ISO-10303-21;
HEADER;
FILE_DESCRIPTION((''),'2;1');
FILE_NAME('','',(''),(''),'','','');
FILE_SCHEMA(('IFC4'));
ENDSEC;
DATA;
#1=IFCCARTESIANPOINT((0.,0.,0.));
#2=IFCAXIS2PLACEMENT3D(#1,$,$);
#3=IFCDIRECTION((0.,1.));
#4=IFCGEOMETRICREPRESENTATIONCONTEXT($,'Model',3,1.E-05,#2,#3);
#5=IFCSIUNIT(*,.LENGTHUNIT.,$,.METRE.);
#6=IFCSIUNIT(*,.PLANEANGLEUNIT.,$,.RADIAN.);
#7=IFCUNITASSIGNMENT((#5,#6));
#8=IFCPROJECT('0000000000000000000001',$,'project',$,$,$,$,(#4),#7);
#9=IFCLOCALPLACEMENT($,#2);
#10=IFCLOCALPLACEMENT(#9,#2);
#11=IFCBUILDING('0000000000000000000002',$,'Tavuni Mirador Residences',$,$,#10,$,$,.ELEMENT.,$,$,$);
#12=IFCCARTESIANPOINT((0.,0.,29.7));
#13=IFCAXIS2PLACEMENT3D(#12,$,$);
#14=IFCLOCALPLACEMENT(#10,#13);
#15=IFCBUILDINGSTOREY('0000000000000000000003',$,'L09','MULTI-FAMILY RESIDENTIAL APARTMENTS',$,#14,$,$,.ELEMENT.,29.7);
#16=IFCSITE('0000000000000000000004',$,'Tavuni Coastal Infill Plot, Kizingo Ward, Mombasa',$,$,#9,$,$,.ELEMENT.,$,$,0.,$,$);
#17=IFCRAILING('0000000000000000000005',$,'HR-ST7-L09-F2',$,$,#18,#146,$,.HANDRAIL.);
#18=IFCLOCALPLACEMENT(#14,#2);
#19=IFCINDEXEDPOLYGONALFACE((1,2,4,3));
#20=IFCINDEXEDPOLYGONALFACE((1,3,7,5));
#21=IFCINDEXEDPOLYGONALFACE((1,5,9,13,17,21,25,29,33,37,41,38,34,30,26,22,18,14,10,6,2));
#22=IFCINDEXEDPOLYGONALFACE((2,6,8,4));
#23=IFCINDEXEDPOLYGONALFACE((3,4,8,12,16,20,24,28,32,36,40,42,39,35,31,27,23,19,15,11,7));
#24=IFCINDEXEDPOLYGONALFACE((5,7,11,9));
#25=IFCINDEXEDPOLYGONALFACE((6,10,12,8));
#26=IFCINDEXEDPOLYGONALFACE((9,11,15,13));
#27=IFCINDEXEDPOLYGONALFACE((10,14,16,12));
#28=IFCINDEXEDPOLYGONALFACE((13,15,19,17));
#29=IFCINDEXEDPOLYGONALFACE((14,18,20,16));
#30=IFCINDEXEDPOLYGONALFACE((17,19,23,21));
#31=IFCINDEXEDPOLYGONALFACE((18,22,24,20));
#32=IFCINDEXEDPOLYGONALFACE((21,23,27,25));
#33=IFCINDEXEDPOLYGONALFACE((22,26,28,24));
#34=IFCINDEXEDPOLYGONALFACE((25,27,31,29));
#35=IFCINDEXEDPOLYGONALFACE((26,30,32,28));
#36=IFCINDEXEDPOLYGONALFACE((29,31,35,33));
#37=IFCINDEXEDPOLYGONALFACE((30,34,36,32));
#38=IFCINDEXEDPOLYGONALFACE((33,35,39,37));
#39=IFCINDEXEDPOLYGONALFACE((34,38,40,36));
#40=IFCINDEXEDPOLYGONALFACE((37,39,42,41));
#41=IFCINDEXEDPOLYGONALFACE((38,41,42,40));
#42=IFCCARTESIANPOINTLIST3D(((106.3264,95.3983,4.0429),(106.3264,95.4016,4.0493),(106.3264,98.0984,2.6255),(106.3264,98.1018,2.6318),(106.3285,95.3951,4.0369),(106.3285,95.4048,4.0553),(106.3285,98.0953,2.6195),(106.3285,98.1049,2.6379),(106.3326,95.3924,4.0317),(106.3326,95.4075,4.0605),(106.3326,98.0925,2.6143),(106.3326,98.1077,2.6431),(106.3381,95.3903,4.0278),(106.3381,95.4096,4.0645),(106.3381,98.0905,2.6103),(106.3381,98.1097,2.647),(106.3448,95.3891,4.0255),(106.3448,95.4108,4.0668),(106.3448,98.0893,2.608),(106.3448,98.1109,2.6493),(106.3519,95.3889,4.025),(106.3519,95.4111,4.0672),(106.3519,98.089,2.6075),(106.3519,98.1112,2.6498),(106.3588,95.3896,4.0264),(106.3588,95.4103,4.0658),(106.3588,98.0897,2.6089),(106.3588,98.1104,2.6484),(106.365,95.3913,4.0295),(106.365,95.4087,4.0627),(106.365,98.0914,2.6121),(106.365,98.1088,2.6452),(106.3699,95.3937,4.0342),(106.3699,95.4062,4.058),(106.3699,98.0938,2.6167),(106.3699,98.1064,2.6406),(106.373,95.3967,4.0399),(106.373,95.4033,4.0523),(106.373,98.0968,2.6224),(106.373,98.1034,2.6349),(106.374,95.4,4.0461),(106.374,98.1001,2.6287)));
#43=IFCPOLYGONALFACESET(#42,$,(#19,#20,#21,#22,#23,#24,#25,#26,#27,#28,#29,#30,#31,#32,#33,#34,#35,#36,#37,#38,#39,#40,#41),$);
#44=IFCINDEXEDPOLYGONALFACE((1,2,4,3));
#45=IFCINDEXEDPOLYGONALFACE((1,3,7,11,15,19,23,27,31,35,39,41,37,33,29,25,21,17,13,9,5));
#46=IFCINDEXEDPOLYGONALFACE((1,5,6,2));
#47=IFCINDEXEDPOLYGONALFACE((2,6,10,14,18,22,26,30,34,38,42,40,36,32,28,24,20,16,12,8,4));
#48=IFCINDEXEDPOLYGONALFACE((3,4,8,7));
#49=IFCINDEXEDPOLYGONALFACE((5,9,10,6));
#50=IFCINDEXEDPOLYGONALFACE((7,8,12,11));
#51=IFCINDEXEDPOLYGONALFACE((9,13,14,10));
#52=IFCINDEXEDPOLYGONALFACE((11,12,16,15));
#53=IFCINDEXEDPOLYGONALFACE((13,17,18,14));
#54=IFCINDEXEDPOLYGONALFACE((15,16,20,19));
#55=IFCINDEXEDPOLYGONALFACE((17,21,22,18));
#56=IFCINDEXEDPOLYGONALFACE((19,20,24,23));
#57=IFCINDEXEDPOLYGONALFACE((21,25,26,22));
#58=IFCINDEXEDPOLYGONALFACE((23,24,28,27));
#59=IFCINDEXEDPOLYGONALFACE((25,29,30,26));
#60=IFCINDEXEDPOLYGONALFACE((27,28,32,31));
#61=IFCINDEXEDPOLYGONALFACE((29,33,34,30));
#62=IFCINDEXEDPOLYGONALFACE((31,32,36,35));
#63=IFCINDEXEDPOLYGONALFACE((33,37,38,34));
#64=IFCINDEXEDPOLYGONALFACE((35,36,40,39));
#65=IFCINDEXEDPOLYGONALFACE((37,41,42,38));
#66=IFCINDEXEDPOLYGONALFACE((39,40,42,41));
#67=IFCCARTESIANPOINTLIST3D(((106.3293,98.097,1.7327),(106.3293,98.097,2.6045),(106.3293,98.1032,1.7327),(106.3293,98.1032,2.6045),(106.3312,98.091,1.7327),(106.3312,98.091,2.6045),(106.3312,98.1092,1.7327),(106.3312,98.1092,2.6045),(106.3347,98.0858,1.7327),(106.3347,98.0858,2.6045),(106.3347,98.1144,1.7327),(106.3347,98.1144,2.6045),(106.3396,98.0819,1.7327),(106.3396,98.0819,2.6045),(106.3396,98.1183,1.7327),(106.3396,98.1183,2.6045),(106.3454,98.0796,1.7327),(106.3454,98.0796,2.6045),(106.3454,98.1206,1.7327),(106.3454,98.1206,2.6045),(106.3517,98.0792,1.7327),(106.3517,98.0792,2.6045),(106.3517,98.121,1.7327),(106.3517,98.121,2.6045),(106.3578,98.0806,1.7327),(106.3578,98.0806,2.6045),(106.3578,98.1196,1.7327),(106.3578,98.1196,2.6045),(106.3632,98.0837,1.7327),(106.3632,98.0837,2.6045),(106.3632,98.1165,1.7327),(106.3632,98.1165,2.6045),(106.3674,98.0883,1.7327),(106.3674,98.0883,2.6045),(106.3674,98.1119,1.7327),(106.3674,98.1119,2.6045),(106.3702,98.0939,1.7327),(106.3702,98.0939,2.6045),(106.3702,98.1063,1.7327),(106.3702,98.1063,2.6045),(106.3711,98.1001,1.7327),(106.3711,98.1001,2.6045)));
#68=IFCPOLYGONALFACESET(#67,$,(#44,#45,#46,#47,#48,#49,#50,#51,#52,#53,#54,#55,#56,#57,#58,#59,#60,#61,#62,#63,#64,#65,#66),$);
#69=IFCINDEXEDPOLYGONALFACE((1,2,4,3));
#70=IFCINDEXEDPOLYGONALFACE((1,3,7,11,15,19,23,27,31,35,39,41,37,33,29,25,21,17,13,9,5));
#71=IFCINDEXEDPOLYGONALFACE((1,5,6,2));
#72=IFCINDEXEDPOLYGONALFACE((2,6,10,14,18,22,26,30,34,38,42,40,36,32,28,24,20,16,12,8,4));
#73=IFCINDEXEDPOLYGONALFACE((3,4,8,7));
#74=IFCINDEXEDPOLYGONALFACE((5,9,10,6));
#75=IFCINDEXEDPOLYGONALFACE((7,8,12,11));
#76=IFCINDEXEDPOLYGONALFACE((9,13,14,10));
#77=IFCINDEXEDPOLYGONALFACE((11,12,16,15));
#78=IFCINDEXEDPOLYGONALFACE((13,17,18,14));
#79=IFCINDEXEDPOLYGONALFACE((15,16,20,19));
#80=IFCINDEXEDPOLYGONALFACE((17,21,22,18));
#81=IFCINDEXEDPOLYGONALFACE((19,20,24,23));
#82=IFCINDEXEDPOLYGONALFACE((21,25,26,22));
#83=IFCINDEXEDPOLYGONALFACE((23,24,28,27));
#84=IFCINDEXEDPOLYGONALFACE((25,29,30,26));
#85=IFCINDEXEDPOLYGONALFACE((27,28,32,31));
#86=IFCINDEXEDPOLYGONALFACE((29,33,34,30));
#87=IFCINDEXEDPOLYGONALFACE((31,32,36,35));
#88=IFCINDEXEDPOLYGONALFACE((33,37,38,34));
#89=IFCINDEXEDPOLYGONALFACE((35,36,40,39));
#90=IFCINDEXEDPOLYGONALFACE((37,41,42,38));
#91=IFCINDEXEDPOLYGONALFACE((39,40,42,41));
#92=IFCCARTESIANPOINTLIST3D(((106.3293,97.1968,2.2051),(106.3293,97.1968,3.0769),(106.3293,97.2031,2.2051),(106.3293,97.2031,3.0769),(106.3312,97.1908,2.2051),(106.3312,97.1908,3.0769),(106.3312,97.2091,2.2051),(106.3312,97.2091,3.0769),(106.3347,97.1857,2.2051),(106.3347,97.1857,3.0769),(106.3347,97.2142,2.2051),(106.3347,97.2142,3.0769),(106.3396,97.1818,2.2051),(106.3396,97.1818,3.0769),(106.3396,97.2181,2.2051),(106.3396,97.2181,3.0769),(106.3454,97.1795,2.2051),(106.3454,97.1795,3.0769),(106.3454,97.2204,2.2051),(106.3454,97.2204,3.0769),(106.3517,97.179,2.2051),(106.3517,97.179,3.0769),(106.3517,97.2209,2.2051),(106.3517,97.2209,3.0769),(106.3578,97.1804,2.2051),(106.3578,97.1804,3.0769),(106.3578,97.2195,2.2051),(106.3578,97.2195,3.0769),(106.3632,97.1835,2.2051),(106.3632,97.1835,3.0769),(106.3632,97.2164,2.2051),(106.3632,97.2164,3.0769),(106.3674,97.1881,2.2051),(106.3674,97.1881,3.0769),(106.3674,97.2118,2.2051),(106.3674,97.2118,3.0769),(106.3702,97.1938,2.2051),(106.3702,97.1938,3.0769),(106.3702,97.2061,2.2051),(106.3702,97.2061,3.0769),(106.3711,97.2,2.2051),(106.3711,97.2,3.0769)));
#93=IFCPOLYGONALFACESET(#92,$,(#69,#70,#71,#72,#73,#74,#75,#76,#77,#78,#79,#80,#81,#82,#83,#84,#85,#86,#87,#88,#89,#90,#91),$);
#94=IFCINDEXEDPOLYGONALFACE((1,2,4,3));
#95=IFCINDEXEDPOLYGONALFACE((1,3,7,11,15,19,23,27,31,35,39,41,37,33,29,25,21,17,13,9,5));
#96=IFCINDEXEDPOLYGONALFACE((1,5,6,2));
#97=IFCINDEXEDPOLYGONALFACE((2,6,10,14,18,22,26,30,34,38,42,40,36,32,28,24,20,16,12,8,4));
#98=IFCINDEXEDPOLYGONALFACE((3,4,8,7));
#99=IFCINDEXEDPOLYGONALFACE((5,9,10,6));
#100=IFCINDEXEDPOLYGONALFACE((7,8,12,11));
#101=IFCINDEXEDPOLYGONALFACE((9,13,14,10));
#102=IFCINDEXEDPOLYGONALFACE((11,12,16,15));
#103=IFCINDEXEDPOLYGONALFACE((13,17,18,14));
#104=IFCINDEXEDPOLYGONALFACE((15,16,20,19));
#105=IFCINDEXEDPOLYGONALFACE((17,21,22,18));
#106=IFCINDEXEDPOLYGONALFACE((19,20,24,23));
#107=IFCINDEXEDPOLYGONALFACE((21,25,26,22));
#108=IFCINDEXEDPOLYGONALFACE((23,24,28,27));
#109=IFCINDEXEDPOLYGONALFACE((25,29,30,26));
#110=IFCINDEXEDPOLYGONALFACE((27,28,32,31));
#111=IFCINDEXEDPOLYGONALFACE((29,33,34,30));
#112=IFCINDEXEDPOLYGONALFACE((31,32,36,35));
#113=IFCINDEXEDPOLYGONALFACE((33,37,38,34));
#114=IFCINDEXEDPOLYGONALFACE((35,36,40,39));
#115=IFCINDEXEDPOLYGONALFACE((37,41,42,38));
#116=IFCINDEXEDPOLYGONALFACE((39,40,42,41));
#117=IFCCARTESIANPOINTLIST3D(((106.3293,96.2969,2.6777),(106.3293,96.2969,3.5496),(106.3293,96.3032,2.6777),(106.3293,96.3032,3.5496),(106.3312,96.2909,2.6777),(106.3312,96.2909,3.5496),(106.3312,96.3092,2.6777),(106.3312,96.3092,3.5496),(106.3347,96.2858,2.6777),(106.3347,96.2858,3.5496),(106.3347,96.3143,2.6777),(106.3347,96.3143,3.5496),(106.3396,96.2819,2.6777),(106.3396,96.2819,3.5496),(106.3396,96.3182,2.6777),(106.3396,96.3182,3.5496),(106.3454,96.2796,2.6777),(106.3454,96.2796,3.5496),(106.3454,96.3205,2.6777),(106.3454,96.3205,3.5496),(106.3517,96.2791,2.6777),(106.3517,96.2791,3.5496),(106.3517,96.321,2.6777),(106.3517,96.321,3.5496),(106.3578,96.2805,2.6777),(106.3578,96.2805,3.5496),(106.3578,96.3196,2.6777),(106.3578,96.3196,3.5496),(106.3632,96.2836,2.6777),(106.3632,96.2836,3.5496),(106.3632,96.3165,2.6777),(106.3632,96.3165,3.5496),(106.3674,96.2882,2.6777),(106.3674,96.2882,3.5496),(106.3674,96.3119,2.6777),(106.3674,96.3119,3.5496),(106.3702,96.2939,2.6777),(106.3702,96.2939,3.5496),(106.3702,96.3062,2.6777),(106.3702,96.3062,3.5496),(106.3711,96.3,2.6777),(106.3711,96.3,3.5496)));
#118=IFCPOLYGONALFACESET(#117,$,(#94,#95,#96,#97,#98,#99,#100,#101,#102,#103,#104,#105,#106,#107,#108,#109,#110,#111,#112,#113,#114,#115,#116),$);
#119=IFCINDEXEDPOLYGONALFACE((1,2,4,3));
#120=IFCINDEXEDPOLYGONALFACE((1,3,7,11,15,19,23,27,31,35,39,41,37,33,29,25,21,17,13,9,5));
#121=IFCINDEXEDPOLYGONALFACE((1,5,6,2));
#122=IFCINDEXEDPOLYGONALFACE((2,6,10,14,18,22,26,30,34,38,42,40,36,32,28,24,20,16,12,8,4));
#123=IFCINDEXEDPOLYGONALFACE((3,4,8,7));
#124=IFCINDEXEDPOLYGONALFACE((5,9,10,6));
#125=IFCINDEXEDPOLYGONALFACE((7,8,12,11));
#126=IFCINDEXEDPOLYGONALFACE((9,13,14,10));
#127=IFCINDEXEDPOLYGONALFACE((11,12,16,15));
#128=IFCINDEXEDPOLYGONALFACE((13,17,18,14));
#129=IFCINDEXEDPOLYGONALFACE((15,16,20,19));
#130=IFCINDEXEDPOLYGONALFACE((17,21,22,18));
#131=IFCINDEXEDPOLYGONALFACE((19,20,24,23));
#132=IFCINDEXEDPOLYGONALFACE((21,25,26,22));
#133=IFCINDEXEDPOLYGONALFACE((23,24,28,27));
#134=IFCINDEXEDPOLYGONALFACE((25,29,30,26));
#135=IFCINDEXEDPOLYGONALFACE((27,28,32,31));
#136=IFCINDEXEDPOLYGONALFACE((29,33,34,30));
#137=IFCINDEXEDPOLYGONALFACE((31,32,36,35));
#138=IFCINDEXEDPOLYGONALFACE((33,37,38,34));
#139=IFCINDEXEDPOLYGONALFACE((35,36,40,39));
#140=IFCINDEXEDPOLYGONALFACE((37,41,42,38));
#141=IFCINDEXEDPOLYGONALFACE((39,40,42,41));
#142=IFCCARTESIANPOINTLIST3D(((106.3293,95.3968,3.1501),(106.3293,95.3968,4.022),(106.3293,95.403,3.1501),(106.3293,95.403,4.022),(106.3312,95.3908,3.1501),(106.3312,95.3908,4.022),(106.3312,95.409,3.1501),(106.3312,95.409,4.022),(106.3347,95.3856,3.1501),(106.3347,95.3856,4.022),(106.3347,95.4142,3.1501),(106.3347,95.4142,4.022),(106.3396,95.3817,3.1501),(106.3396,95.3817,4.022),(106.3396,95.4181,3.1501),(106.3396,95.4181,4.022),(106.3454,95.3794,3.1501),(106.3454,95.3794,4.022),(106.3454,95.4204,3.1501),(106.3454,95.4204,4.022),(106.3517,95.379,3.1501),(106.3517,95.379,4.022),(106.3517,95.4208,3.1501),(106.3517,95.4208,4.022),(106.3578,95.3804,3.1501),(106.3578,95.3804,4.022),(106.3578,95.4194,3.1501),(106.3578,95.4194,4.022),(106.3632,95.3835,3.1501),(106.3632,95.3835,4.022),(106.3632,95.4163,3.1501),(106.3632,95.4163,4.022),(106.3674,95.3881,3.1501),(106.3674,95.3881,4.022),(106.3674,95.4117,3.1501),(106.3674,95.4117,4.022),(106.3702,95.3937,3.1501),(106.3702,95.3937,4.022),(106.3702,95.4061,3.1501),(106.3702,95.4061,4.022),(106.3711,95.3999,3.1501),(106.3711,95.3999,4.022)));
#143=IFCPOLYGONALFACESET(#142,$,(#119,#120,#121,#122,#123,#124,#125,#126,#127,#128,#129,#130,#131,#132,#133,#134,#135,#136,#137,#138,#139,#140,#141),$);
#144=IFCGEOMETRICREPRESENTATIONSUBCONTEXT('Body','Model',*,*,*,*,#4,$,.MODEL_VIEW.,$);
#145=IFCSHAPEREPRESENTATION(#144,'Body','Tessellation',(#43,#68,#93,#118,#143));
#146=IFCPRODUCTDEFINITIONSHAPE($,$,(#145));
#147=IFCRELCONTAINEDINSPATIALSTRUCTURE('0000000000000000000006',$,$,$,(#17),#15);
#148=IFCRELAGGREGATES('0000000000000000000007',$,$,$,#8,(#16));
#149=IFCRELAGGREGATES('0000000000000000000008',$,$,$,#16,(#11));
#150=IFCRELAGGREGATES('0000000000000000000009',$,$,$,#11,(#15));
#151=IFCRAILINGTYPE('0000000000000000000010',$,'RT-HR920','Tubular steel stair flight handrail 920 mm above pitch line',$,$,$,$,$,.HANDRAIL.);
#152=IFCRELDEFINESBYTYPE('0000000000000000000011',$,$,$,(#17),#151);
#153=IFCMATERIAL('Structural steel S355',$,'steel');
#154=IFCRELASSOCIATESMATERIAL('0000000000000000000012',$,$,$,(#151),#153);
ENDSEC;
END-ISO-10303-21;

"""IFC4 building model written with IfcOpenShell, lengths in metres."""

from ifc_helpers import new_model, si_unit, direction, frame, origin, origin_2d, place, context, subcontext, project, spatial, circle, extrude, material, type_object, element, save


model = new_model("IFC4")

# Units and contexts
model_context = context("Model", 3, precision=1e-05, world=origin(), true_north=direction((0.0, 1.0)))
body_context = subcontext(model_context, "Body", "Model", "MODEL_VIEW")
ifc_project = project(units=[si_unit("LENGTHUNIT", "METRE"), si_unit("PLANEANGLEUNIT", "RADIAN")], contexts=[model_context])

# Site, building, storey
site_placement = place(None, origin())
site = spatial("IfcSite", under=ifc_project, at=site_placement, Name="Tavuni Coastal Infill Plot, Kizingo Ward, Mombasa", CompositionType="ELEMENT", RefElevation=0.0)
building_placement = place(site_placement, origin())
building = spatial("IfcBuilding", under=site, at=building_placement, Name="Tavuni Mirador Residences", CompositionType="ELEMENT")
storey_placement = place(building_placement, frame((0.0, 0.0, 29.7)))
storey = spatial("IfcBuildingStorey", under=building, at=storey_placement, Name="L09", Description="MULTI-FAMILY RESIDENTIAL APARTMENTS", CompositionType="ELEMENT", Elevation=29.7)

# Shared definitions
ifc_material_1 = material(Name="Structural steel S355", Category="steel")

# Railing
railing_type = type_object("IfcRailingType", Name="RT-HR920", Description="Tubular steel stair flight handrail 920 mm above pitch line", PredefinedType="HANDRAIL", material=ifc_material_1)
railing_1_placement = place(storey_placement, frame((106.3501, 98.1001, 1.7327)))
element("IfcRailing", 1, at=railing_1_placement, inside=storey, type_object=railing_type, Name="HR-ST7-L09-F2", PredefinedType="HANDRAIL", context=body_context, shape_type="SweptSolid", body=[
    extrude(circle(Radius=0.0239, at=origin_2d()), frame((0.0, 0.0, 0.896), z_axis=(0.0, -0.885414, 0.464803), x_axis=(1.0, 0.0, 0.0)), (0.0, 0.0, 1.0), 3.0496),
    extrude(circle(Radius=0.021, at=origin_2d()), origin(), (0.0, 0.0, 1.0), 0.8718),
    extrude(circle(Radius=0.021, at=origin_2d()), frame((0.0, -0.9001, 0.4724)), (0.0, 0.0, 1.0), 0.8718),
    extrude(circle(Radius=0.021, at=origin_2d()), frame((0.0, -1.8, 0.9451)), (0.0, 0.0, 1.0), 0.8718),
    extrude(circle(Radius=0.021, at=origin_2d()), frame((0.0, -2.7002, 1.4175)), (0.0, 0.0, 1.0), 0.8718),
])

save(model, "model.ifc")
